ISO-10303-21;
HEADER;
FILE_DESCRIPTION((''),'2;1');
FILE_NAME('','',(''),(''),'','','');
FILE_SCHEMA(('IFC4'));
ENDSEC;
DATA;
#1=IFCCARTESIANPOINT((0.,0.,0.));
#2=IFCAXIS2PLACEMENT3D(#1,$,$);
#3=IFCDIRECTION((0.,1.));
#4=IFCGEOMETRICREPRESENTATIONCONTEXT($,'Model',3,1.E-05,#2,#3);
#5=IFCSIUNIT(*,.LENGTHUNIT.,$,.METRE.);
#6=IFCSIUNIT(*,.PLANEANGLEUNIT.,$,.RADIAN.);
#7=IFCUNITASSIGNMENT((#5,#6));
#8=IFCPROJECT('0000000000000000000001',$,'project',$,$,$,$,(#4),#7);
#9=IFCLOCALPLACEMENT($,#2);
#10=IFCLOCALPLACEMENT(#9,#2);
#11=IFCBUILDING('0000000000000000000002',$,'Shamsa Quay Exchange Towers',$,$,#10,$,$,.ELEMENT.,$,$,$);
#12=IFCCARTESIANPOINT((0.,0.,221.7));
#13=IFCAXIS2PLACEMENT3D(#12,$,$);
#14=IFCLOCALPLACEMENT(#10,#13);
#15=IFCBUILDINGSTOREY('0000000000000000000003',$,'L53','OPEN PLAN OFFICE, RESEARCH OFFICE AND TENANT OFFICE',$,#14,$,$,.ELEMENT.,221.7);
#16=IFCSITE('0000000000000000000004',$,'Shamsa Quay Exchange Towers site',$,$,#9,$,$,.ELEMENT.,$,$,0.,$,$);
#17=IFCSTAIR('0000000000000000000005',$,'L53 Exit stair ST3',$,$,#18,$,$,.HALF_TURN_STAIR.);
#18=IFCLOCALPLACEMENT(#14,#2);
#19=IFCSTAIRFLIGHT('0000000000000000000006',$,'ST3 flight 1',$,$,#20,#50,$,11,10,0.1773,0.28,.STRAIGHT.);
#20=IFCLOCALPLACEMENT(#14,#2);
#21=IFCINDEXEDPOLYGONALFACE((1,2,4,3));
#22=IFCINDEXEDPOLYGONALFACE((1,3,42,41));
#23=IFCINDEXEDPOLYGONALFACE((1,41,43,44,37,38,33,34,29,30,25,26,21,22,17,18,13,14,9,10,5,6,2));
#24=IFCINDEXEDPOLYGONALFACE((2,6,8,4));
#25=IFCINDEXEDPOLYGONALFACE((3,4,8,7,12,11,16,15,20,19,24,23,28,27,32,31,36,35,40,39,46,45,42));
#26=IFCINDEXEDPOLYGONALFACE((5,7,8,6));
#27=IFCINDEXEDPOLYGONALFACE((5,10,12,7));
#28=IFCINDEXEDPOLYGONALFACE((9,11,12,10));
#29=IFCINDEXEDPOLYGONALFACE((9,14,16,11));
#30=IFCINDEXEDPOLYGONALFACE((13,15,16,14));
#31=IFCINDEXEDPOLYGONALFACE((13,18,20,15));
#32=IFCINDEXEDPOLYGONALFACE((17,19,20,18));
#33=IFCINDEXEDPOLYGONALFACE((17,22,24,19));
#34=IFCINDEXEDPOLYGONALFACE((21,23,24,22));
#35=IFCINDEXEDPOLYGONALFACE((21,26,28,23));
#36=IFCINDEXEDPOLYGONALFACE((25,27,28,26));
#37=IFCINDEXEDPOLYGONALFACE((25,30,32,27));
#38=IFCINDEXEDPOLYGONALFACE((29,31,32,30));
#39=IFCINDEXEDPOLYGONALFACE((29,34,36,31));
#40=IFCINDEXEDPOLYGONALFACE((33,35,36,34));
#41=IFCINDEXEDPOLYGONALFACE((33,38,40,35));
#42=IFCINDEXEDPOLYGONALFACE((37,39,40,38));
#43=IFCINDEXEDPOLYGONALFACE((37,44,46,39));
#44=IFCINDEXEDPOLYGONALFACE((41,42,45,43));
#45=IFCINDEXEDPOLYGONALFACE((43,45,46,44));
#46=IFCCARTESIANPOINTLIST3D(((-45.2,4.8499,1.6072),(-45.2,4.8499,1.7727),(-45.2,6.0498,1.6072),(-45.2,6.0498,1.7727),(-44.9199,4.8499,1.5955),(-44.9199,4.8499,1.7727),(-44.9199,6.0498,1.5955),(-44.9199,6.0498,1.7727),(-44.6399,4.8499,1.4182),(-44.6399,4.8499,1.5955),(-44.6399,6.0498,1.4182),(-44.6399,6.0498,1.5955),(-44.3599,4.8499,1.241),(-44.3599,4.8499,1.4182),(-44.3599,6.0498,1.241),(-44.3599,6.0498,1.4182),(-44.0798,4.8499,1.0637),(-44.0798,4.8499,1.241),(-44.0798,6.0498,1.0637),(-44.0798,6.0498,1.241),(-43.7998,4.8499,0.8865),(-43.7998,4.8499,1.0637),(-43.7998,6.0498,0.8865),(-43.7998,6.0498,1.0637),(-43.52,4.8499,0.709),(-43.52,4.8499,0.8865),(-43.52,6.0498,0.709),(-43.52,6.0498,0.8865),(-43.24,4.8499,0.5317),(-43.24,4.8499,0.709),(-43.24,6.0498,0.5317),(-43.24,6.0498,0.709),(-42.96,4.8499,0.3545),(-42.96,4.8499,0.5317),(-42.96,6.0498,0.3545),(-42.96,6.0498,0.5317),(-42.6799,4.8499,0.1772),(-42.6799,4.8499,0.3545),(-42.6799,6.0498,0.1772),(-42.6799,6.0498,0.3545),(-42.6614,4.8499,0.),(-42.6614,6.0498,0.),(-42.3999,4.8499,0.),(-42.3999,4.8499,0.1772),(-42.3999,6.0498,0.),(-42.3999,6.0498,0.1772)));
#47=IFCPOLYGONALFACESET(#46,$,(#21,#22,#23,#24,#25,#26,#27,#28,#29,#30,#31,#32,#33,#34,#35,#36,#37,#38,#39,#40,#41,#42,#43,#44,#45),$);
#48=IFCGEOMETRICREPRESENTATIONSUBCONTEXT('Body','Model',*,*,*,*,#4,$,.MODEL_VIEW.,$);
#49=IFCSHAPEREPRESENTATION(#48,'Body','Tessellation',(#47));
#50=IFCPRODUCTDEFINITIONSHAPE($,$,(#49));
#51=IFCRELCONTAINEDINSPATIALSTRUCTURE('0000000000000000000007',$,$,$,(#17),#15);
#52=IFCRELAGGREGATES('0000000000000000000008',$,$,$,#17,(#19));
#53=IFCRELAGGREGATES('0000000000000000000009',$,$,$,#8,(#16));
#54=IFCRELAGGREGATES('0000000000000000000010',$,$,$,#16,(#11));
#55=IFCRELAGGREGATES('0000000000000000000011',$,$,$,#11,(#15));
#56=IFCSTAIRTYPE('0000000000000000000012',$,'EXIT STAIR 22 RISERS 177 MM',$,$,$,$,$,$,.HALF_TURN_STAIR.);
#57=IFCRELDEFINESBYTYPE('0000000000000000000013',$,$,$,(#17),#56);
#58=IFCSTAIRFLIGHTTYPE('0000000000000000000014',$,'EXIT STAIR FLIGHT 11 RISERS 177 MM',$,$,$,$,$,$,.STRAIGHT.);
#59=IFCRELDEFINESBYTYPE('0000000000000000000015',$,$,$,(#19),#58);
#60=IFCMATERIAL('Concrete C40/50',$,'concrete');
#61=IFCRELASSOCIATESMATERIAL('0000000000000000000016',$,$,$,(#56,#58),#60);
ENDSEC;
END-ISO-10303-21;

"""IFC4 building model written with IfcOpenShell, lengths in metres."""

from ifc_helpers import new_model, si_unit, direction, frame, origin, place, context, subcontext, project, spatial, polyline, outline, extrude, material, type_object, element, aggregate, save


model = new_model("IFC4")

# Units and contexts
model_context = context("Model", 3, precision=1e-05, world=origin(), true_north=direction((0.0, 1.0)))
body_context = subcontext(model_context, "Body", "Model", "MODEL_VIEW")
ifc_project = project(units=[si_unit("LENGTHUNIT", "METRE"), si_unit("PLANEANGLEUNIT", "RADIAN")], contexts=[model_context])

# Site, building, storey
site_placement = place(None, origin())
site = spatial("IfcSite", under=ifc_project, at=site_placement, Name="Shamsa Quay Exchange Towers site", CompositionType="ELEMENT", RefElevation=0.0)
building_placement = place(site_placement, origin())
building = spatial("IfcBuilding", under=site, at=building_placement, Name="Shamsa Quay Exchange Towers", CompositionType="ELEMENT")
storey_placement = place(building_placement, frame((0.0, 0.0, 221.7)))
storey = spatial("IfcBuildingStorey", under=building, at=storey_placement, Name="L53", Description="OPEN PLAN OFFICE, RESEARCH OFFICE AND TENANT OFFICE", CompositionType="ELEMENT", Elevation=221.7)

# Stair, stair flight
ifc_material_1 = material(Name="Concrete C40/50", Category="concrete")
stair_type = type_object("IfcStairType", Name="EXIT STAIR 22 RISERS 177 MM", PredefinedType="HALF_TURN_STAIR", material=ifc_material_1)
stair_placement = place(storey_placement, origin())
stair = element("IfcStair", 1, at=stair_placement, inside=storey, type_object=stair_type, Name="L53 Exit stair ST3", PredefinedType="HALF_TURN_STAIR")
stair_flight_type = type_object("IfcStairFlightType", Name="EXIT STAIR FLIGHT 11 RISERS 177 MM", PredefinedType="STRAIGHT", material=ifc_material_1)
stair_flight_placement = place(storey_placement, frame((-42.3999, 5.45, 0.0), z_axis=(0.0, 0.0, 1.0), x_axis=(-1.0, 0.0, 0.0)))
stair_flight = element("IfcStairFlight", 2, at=stair_flight_placement, type_object=stair_flight_type, Name="ST3 flight 1", NumberOfRisers=11, NumberOfTreads=10, PredefinedType="STRAIGHT", RiserHeight=0.1773, TreadLength=0.28, context=body_context, shape_type="SweptSolid", body=[
    extrude(outline(polyline([(0.0, 0.0), (0.0, 0.1772), (0.28, 0.1772), (0.28, 0.3545), (0.5601, 0.3545), (0.5601, 0.5317), (0.8401, 0.5317), (0.8401, 0.709), (1.1201, 0.709), (1.1201, 0.8865), (1.3999, 0.8865), (1.3999, 1.0637), (1.6799, 1.0637), (1.6799, 1.241), (1.96, 1.241), (1.96, 1.4182), (2.24, 1.4182), (2.24, 1.5955), (2.52, 1.5955), (2.52, 1.7727), (2.8, 1.7727), (2.8, 1.95), (2.8, 1.6072), (0.2615, 0.0), (0.0, 0.0)])), frame((0.0, 0.6001, 0.0), z_axis=(0.0, -1.0, 0.0), x_axis=(1.0, 0.0, 0.0)), (0.0, 0.0, 1.0), 1.2),
])
aggregate(stair, [stair_flight])

save(model, "model.ifc")
